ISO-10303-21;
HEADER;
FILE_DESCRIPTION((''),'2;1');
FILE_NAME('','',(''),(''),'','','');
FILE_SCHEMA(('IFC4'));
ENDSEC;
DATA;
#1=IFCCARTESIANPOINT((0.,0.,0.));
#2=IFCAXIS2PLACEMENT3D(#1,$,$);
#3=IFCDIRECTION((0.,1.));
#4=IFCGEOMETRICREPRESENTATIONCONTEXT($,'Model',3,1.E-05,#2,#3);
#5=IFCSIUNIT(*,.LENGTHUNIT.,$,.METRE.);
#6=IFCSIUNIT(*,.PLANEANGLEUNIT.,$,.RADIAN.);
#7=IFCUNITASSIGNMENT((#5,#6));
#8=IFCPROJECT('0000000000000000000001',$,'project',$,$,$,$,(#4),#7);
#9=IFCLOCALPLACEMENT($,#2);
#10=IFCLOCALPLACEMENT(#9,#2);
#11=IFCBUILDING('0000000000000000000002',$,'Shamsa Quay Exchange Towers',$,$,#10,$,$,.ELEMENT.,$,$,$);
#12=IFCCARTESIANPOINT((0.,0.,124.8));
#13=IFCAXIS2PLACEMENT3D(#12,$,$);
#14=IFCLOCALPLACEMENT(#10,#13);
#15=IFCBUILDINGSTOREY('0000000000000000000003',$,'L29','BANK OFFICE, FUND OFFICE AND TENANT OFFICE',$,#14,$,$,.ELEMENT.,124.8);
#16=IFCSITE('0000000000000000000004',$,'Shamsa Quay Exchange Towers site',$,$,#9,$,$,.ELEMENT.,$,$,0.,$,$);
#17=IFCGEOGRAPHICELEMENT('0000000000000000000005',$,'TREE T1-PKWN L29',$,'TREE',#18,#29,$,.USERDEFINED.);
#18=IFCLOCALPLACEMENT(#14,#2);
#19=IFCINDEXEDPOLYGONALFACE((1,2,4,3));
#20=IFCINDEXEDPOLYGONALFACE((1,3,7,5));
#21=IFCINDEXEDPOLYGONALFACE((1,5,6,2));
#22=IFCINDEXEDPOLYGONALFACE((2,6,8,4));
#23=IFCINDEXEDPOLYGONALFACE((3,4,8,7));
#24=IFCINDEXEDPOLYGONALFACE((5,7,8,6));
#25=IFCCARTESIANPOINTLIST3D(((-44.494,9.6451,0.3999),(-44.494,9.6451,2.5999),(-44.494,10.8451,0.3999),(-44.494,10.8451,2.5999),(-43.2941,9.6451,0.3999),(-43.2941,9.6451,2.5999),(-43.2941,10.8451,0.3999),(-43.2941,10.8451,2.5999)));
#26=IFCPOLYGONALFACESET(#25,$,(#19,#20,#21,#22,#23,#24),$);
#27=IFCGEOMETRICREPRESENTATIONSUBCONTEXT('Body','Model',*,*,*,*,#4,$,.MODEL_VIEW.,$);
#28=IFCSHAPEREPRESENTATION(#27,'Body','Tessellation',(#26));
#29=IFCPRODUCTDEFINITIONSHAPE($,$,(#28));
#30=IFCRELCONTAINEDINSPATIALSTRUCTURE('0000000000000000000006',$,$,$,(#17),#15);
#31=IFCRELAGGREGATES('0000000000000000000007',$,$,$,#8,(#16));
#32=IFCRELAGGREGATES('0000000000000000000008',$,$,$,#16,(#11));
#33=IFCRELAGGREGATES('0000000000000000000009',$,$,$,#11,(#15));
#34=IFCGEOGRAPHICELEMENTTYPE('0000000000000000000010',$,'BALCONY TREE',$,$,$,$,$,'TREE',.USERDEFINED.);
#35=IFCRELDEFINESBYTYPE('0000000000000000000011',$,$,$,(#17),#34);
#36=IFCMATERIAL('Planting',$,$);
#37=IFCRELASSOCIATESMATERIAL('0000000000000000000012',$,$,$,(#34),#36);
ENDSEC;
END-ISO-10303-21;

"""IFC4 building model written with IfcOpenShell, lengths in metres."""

from ifc_helpers import new_model, si_unit, direction, frame, origin, origin_2d, place, context, subcontext, project, spatial, rectangle, extrude, material, type_object, element, save


model = new_model("IFC4")

# Units and contexts
model_context = context("Model", 3, precision=1e-05, world=origin(), true_north=direction((0.0, 1.0)))
body_context = subcontext(model_context, "Body", "Model", "MODEL_VIEW")
ifc_project = project(units=[si_unit("LENGTHUNIT", "METRE"), si_unit("PLANEANGLEUNIT", "RADIAN")], contexts=[model_context])

# Site, building, storey
site_placement = place(None, origin())
site = spatial("IfcSite", under=ifc_project, at=site_placement, Name="Shamsa Quay Exchange Towers site", CompositionType="ELEMENT", RefElevation=0.0)
building_placement = place(site_placement, origin())
building = spatial("IfcBuilding", under=site, at=building_placement, Name="Shamsa Quay Exchange Towers", CompositionType="ELEMENT")
storey_placement = place(building_placement, frame((0.0, 0.0, 124.8)))
storey = spatial("IfcBuildingStorey", under=building, at=storey_placement, Name="L29", Description="BANK OFFICE, FUND OFFICE AND TENANT OFFICE", CompositionType="ELEMENT", Elevation=124.8)

# Geographic element
ifc_material_1 = material(Name="Planting")
geographic_element_type = type_object("IfcGeographicElementType", Name="BALCONY TREE", ElementType="TREE", PredefinedType="USERDEFINED", material=ifc_material_1)
geographic_element_placement = place(storey_placement, frame((-43.894, 10.2451, 0.3999), z_axis=(0.0, 0.0, 1.0), x_axis=(-1.0, 0.0, 0.0)))
element("IfcGeographicElement", 1, at=geographic_element_placement, inside=storey, type_object=geographic_element_type, Name="TREE T1-PKWN L29", ObjectType="TREE", PredefinedType="USERDEFINED", context=body_context, shape_type="SweptSolid", body=[
    extrude(rectangle(XDim=1.2, YDim=1.2, at=origin_2d()), origin(), (0.0, 0.0, 1.0), 2.2),
])

save(model, "model.ifc")
